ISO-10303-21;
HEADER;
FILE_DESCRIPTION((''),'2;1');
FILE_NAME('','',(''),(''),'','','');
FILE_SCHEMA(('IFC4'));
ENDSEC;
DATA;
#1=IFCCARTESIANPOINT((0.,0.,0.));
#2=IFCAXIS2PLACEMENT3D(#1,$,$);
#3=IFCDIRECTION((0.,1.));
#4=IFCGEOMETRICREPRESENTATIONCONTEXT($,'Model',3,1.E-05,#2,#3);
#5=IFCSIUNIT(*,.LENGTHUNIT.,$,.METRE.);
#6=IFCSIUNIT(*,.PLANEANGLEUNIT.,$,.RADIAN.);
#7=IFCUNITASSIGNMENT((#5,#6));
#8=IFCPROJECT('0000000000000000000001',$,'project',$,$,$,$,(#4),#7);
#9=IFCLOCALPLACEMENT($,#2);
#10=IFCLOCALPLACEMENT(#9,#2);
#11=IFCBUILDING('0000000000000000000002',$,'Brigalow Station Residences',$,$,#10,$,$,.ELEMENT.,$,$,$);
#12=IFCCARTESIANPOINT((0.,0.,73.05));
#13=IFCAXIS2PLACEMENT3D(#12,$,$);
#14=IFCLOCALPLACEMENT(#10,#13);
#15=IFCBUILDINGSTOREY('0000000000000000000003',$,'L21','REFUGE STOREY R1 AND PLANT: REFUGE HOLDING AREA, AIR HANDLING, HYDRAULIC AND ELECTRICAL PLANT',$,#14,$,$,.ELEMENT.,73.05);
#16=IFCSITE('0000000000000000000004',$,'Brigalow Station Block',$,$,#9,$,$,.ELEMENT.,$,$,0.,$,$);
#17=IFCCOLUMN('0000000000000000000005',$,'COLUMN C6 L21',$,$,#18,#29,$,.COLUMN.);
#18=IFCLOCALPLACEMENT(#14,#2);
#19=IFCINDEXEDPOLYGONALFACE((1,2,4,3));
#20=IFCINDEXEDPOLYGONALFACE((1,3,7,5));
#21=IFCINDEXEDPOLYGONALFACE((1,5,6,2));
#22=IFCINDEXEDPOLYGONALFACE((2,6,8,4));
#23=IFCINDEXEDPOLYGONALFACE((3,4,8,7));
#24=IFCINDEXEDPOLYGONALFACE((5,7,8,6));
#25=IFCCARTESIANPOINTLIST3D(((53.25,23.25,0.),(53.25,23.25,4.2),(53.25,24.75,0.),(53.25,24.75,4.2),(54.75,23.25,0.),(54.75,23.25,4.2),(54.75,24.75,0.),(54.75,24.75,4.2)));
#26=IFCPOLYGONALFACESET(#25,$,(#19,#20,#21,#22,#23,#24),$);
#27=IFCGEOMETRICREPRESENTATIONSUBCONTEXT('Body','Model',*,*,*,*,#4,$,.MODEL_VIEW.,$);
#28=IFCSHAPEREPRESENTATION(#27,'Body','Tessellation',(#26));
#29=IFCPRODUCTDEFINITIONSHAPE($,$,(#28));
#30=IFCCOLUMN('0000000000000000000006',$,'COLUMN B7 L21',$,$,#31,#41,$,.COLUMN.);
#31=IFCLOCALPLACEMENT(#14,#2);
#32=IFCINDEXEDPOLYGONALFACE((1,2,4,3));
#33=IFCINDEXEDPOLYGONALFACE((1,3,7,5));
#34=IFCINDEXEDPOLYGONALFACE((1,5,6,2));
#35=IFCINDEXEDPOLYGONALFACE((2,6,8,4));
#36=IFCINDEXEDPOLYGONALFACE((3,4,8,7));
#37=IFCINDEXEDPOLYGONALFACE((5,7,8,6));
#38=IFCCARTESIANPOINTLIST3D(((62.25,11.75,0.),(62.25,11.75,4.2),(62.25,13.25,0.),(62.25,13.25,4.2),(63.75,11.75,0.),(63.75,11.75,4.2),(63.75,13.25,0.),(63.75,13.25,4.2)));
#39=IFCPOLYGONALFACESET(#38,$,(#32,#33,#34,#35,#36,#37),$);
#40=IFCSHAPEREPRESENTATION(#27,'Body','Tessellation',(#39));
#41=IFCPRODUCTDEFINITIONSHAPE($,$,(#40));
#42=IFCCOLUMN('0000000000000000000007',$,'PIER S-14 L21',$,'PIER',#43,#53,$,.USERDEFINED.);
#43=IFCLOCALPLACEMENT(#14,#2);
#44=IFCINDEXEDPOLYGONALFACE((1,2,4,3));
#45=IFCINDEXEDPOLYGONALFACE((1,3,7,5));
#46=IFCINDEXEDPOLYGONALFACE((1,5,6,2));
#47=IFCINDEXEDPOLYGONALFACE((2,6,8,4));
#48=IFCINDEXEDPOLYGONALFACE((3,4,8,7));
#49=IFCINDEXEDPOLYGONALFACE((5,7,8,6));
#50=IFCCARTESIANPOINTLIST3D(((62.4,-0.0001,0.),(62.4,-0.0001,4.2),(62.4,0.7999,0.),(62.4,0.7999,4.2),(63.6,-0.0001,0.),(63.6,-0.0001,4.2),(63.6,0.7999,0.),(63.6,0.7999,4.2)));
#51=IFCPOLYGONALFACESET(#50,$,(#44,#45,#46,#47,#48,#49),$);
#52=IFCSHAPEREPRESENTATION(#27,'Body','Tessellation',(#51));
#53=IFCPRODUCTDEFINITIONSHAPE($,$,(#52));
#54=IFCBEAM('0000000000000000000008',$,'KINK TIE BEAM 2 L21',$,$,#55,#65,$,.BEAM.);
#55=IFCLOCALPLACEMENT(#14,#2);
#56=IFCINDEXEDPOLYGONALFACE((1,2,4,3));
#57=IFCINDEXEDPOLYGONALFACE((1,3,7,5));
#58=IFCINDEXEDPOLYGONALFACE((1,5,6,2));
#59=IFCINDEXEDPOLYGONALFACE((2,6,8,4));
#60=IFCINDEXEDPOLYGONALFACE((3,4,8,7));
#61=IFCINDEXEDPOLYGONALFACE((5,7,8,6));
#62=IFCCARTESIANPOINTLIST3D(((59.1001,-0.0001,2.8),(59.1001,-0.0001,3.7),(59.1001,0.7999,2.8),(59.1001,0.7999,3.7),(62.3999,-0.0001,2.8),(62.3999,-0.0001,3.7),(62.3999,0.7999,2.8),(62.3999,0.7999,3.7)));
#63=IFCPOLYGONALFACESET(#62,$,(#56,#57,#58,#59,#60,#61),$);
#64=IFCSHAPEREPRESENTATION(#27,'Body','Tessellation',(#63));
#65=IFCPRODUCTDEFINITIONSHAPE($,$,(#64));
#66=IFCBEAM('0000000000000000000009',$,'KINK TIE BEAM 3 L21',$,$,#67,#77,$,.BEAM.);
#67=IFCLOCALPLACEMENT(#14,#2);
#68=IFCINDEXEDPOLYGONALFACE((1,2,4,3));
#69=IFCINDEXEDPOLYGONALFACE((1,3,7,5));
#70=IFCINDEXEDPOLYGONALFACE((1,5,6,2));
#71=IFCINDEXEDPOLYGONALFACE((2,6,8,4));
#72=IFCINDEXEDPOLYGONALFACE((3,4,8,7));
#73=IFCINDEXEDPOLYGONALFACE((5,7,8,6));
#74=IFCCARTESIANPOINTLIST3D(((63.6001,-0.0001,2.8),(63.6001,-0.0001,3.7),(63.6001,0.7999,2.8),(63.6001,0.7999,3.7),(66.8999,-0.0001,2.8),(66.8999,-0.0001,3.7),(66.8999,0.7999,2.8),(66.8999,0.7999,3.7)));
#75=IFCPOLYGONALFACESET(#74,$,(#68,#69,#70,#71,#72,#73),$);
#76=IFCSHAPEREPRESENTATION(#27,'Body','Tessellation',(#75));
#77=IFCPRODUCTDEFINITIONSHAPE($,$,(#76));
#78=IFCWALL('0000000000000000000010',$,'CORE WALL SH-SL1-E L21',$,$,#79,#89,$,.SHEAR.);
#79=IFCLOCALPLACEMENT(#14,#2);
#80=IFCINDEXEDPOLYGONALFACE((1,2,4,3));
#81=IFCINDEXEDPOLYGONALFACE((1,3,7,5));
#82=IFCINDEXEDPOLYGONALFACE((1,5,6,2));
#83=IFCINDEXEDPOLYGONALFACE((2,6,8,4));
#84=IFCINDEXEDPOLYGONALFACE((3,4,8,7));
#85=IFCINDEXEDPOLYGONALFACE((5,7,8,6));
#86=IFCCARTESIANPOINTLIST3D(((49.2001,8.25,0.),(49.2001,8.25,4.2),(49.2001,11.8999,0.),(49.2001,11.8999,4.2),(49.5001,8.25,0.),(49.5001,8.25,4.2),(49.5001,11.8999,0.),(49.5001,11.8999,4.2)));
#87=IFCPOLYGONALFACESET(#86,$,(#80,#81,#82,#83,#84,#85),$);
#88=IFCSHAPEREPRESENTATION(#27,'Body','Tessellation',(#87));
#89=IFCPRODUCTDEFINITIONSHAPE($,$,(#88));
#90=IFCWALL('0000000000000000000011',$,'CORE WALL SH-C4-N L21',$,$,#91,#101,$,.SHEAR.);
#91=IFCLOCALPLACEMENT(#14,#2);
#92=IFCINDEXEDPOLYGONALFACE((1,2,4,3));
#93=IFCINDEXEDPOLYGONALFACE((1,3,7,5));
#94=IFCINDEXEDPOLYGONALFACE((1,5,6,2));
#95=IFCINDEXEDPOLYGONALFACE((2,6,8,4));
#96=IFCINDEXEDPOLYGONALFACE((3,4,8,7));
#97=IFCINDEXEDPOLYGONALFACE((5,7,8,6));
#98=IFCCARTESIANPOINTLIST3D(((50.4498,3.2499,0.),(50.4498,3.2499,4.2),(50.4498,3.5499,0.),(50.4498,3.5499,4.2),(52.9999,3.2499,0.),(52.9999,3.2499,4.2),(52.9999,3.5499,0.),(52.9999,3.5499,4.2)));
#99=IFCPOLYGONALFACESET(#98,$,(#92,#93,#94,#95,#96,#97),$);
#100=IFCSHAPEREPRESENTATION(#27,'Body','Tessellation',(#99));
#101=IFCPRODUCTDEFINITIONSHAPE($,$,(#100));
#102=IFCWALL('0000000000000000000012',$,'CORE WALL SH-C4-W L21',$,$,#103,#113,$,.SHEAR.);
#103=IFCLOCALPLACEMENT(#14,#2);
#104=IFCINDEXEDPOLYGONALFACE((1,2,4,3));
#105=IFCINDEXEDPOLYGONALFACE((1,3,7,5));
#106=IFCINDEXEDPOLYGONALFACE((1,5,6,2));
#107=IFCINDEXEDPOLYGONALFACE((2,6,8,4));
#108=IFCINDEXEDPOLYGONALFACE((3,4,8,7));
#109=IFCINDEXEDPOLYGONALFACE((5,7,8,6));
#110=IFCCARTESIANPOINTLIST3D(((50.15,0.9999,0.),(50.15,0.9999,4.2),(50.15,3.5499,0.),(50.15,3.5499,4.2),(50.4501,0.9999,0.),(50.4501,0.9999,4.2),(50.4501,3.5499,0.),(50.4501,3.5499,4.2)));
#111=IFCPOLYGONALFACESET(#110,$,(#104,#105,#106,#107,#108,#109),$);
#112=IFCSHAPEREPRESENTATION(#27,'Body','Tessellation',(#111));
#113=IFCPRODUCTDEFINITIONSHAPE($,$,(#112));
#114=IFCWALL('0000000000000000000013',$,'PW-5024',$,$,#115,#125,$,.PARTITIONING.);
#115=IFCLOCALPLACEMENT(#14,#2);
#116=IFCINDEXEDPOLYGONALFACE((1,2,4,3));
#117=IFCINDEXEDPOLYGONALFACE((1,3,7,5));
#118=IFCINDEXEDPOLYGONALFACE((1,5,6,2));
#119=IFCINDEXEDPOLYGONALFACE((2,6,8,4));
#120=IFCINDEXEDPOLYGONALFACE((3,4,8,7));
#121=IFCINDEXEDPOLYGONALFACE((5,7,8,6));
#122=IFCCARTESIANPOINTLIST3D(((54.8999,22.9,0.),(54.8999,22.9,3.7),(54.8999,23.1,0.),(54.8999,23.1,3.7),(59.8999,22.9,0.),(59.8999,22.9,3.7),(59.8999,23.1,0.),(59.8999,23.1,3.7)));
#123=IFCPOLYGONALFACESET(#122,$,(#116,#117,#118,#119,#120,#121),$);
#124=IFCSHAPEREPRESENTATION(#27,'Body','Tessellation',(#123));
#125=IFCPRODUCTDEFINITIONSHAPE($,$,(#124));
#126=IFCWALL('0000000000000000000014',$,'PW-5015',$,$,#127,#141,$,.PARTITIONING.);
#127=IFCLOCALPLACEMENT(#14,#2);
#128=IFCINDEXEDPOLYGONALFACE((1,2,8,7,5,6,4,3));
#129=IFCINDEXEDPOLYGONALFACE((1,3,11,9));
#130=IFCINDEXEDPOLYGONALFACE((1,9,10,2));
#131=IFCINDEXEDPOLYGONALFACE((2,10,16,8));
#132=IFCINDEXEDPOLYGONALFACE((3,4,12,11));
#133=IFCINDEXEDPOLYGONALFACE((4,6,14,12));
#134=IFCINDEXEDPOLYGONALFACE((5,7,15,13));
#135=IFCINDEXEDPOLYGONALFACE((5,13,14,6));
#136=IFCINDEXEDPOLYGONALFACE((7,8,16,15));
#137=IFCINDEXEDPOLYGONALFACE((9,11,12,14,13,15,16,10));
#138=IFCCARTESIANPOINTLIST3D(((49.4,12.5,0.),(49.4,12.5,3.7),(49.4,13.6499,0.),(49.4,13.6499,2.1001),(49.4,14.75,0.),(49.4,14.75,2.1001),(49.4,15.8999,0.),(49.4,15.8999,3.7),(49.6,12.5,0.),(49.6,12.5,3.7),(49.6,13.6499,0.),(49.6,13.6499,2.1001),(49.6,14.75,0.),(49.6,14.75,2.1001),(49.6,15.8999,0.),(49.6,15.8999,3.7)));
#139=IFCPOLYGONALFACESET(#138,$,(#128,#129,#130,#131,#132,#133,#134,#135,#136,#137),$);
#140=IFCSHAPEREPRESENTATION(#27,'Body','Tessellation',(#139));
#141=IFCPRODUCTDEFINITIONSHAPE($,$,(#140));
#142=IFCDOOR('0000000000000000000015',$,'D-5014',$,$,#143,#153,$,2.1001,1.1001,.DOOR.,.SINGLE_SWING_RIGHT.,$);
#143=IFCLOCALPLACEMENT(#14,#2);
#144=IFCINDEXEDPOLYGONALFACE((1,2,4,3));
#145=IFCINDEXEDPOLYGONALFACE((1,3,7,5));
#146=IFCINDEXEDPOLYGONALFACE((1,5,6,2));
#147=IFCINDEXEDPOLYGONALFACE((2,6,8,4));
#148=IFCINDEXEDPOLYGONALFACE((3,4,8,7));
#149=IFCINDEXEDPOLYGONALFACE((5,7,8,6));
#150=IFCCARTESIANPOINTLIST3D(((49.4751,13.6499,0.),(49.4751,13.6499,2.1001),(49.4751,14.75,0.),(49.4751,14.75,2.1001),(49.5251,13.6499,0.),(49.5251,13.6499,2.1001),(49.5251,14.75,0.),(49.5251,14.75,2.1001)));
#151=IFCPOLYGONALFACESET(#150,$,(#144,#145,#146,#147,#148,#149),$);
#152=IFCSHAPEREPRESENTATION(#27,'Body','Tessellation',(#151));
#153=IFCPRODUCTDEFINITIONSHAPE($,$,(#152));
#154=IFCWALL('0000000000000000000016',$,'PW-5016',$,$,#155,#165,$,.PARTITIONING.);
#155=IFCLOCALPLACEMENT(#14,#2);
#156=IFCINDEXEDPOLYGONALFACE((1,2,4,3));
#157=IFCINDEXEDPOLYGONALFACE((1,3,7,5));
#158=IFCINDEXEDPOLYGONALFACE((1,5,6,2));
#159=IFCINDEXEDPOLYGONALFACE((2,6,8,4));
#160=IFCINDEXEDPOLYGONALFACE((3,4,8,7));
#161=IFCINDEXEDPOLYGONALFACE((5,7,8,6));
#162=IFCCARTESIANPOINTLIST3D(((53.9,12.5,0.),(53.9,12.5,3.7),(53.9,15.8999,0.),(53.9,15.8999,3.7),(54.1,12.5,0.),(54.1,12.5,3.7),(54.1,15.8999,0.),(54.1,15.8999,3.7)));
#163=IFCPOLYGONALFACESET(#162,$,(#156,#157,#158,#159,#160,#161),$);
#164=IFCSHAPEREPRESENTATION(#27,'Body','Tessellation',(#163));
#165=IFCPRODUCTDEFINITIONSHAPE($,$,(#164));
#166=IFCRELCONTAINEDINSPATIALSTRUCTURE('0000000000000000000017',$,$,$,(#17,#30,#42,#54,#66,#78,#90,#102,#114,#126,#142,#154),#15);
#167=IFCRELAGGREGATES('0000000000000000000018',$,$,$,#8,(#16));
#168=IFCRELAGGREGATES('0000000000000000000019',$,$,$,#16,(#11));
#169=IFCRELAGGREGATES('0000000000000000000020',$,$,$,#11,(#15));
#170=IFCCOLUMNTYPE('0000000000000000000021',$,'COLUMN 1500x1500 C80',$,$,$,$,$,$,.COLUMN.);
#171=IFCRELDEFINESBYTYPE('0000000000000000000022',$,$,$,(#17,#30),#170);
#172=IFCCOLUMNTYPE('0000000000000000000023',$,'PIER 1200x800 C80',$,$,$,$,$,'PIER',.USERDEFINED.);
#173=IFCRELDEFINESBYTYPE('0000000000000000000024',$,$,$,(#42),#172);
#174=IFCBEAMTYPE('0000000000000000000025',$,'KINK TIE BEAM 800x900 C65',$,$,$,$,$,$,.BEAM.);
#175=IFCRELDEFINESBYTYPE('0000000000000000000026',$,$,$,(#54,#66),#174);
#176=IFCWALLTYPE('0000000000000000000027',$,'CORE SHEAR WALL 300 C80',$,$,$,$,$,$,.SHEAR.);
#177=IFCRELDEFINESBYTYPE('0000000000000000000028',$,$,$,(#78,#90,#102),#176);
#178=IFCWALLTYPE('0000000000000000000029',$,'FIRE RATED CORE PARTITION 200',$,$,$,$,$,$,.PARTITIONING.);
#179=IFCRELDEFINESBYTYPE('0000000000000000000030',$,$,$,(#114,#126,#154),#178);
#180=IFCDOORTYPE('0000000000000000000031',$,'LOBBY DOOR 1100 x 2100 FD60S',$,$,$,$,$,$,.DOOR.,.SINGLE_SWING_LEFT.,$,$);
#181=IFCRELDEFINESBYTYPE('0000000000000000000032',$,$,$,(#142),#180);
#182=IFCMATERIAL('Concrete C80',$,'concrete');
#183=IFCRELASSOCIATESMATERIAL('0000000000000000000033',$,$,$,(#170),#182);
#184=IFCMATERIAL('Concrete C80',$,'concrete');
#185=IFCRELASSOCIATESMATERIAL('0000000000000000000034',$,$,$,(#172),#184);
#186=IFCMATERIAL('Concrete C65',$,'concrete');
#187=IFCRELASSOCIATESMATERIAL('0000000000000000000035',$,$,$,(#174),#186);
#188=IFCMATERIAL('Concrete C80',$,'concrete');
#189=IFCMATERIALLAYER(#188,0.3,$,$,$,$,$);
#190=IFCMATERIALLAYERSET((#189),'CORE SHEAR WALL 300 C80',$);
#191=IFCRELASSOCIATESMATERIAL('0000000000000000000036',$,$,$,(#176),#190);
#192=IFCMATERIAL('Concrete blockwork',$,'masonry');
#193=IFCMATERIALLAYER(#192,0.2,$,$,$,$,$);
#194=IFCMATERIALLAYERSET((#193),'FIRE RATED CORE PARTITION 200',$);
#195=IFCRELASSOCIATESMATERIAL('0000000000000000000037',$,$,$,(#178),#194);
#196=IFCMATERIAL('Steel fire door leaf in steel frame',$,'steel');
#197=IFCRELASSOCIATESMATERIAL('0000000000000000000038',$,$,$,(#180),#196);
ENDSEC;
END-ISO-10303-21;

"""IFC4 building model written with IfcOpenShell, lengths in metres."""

from ifc_helpers import new_model, si_unit, direction, frame, frame_2d, origin, origin_2d, place, context, subcontext, project, spatial, rectangle, extrude, material, layer, layer_set, material_profile, profile_set, type_object, element, fill, save


model = new_model("IFC4")

# Units and contexts
model_context = context("Model", 3, precision=1e-05, world=origin(), true_north=direction((0.0, 1.0)))
body_context = subcontext(model_context, "Body", "Model", "MODEL_VIEW")
ifc_project = project(units=[si_unit("LENGTHUNIT", "METRE"), si_unit("PLANEANGLEUNIT", "RADIAN")], contexts=[model_context])

# Site, building, storey
site_placement = place(None, origin())
site = spatial("IfcSite", under=ifc_project, at=site_placement, Name="Brigalow Station Block", CompositionType="ELEMENT", RefElevation=0.0)
building_placement = place(site_placement, origin())
building = spatial("IfcBuilding", under=site, at=building_placement, Name="Brigalow Station Residences", CompositionType="ELEMENT")
storey_placement = place(building_placement, frame((0.0, 0.0, 73.05)))
storey = spatial("IfcBuildingStorey", under=building, at=storey_placement, Name="L21", Description="REFUGE STOREY R1 AND PLANT: REFUGE HOLDING AREA, AIR HANDLING, HYDRAULIC AND ELECTRICAL PLANT", CompositionType="ELEMENT", Elevation=73.05)

# Columns
ifc_material_1 = material(Name="Concrete C80", Category="concrete")
ifc_material_profile_1 = material_profile(ifc_material_1, rectangle(XDim=1.5, YDim=1.5, at=origin_2d()), Name="RC1500x1500")
ifc_profile_set_1 = profile_set([ifc_material_profile_1], Name="Concrete C80")
column_type_1 = type_object("IfcColumnType", Name="COLUMN 1500x1500 C80", PredefinedType="COLUMN", material=ifc_profile_set_1)
for number, where, z_axis, x_axis, name in (
    (1, (54.0, 24.0, 0.0), (0.0, 0.0, 1.0), (1.0, 0.0, 0.0), "COLUMN C6 L21"),
    (2, (63.0, 12.5, 0.0), (0.0, 0.0, 1.0), (1.0, 0.0, 0.0), "COLUMN B7 L21"),
):
    element("IfcColumn", number, at=place(storey_placement, frame(where, z_axis=z_axis, x_axis=x_axis)), inside=storey, type_object=column_type_1, Name=name, PredefinedType="COLUMN", context=body_context, shape_type="SweptSolid", body=[
        extrude(rectangle(XDim=1.5, YDim=1.5, at=origin_2d()), origin(), (0.0, 0.0, 1.0), 4.2),
    ])
ifc_material_2 = material(Name="Concrete C80", Category="concrete")
ifc_material_profile_2 = material_profile(ifc_material_2, rectangle(XDim=1.2, YDim=0.8, at=origin_2d()), Name="RC1200x800")
ifc_profile_set_2 = profile_set([ifc_material_profile_2], Name="Concrete C80")
column_type_2 = type_object("IfcColumnType", Name="PIER 1200x800 C80", ElementType="PIER", PredefinedType="USERDEFINED", material=ifc_profile_set_2)
column_placement = place(storey_placement, frame((63.0, 0.3999, 0.0), z_axis=(0.0, 0.0, 1.0), x_axis=(1.0, 0.0, 0.0)))
element("IfcColumn", 3, at=column_placement, inside=storey, type_object=column_type_2, Name="PIER S-14 L21", ObjectType="PIER", PredefinedType="USERDEFINED", context=body_context, shape_type="SweptSolid", body=[
    extrude(rectangle(XDim=1.2, YDim=0.8, at=origin_2d()), origin(), (0.0, 0.0, 1.0), 4.2),
])

# Beams
ifc_material_3 = material(Name="Concrete C65", Category="concrete")
ifc_material_profile_3 = material_profile(ifc_material_3, rectangle(XDim=0.8, YDim=0.8999, at=origin_2d()), Name="RC800x900")
ifc_profile_set_3 = profile_set([ifc_material_profile_3], Name="Concrete C65")
beam_type = type_object("IfcBeamType", Name="KINK TIE BEAM 800x900 C65", PredefinedType="BEAM", material=ifc_profile_set_3)
for number, where, z_axis, x_axis, name in (
    (4, (59.1001, 0.3999, 3.25), (1.0, 0.0, 0.0), (0.0, 1.0, 0.0), "KINK TIE BEAM 2 L21"),
    (5, (63.6001, 0.3999, 3.25), (1.0, 0.0, 0.0), (0.0, 1.0, 0.0), "KINK TIE BEAM 3 L21"),
):
    element("IfcBeam", number, at=place(storey_placement, frame(where, z_axis=z_axis, x_axis=x_axis)), inside=storey, type_object=beam_type, Name=name, PredefinedType="BEAM", context=body_context, shape_type="SweptSolid", body=[
        extrude(rectangle(XDim=0.8, YDim=0.8999, at=origin_2d()), origin(), (0.0, 0.0, 1.0), 3.2998),
    ])

# Walls
ifc_material_4 = material(Name="Concrete C80", Category="concrete")
ifc_layer_1 = layer(ifc_material_4, 0.3)
ifc_layer_set_1 = layer_set([ifc_layer_1], Name="CORE SHEAR WALL 300 C80")
wall_type_1 = type_object("IfcWallType", Name="CORE SHEAR WALL 300 C80", PredefinedType="SHEAR", material=ifc_layer_set_1)
wall_1_placement = place(storey_placement, frame((49.3501, 8.25, 0.0), z_axis=(0.0, 0.0, 1.0), x_axis=(0.0, 1.0, 0.0)))
element("IfcWall", 6, at=wall_1_placement, inside=storey, type_object=wall_type_1, Name="CORE WALL SH-SL1-E L21", PredefinedType="SHEAR", context=body_context, shape_type="SweptSolid", body=[
    extrude(rectangle(XDim=3.6499, YDim=0.3, at=frame_2d((1.825, 0.0))), origin(), (0.0, 0.0, 1.0), 4.2),
])
for number, where, z_axis, x_axis, name in (
    (7, (50.45, 3.3999, 0.0), (0.0, 0.0, 1.0), (1.0, 0.0, 0.0), "CORE WALL SH-C4-N L21"),
    (8, (50.3, 1.0, 0.0), (0.0, 0.0, 1.0), (0.0, 1.0, 0.0), "CORE WALL SH-C4-W L21"),
):
    element("IfcWall", number, at=place(storey_placement, frame(where, z_axis=z_axis, x_axis=x_axis)), inside=storey, type_object=wall_type_1, Name=name, PredefinedType="SHEAR", context=body_context, shape_type="SweptSolid", body=[
        extrude(rectangle(XDim=2.55, YDim=0.3, at=frame_2d((1.2749, 0.0))), origin(), (0.0, 0.0, 1.0), 4.2),
    ])
ifc_material_5 = material(Name="Concrete blockwork", Category="masonry")
ifc_layer_2 = layer(ifc_material_5, 0.2)
ifc_layer_set_2 = layer_set([ifc_layer_2], Name="FIRE RATED CORE PARTITION 200")
wall_type_2 = type_object("IfcWallType", Name="FIRE RATED CORE PARTITION 200", PredefinedType="PARTITIONING", material=ifc_layer_set_2)
wall_2_placement = place(storey_placement, frame((54.8999, 23.0, 0.0), z_axis=(0.0, 0.0, 1.0), x_axis=(1.0, 0.0, 0.0)))
element("IfcWall", 9, at=wall_2_placement, inside=storey, type_object=wall_type_2, Name="PW-5024", PredefinedType="PARTITIONING", context=body_context, shape_type="SweptSolid", body=[
    extrude(rectangle(XDim=5.0, YDim=0.2, at=frame_2d((2.5, 0.0))), origin(), (0.0, 0.0, 1.0), 3.7),
])

# Wall, opening, door
wall_3_placement = place(storey_placement, frame((49.5, 12.5, 0.0), z_axis=(0.0, 0.0, 1.0), x_axis=(0.0, 1.0, 0.0)))
wall_3 = element("IfcWall", 10, at=wall_3_placement, inside=storey, type_object=wall_type_2, Name="PW-5015", PredefinedType="PARTITIONING", context=body_context, shape_type="SweptSolid", body=[
    extrude(rectangle(XDim=3.3999, YDim=0.2, at=frame_2d((1.7, 0.0))), origin(), (0.0, 0.0, 1.0), 3.7),
])
opening_1_placement = place(wall_3_placement, frame((1.1499, 0.0, 0.0)))
opening_1 = element("IfcOpeningElement", 11, at=opening_1_placement, cuts=wall_3, PredefinedType="OPENING", context=body_context, shape_type="SweptSolid", body=[
    extrude(rectangle(XDim=1.1001, YDim=2.1001, at=frame_2d((0.55, 1.05))), frame((0.0, 0.1099, 0.0), z_axis=(0.0, -1.0, 0.0), x_axis=(1.0, 0.0, 0.0)), (0.0, 0.0, 1.0), 0.22),
])
ifc_material_6 = material(Name="Steel fire door leaf in steel frame", Category="steel")
door_type_1 = type_object("IfcDoorType", Name="LOBBY DOOR 1100 x 2100 FD60S", OperationType="SINGLE_SWING_LEFT", PredefinedType="DOOR", material=ifc_material_6)
door_1_placement = place(opening_1_placement, origin())
door_1 = element("IfcDoor", 12, at=door_1_placement, inside=storey, type_object=door_type_1, Name="D-5014", OperationType="SINGLE_SWING_RIGHT", OverallHeight=2.1001, OverallWidth=1.1001, PredefinedType="DOOR", context=body_context, shape_type="SweptSolid", body=[
    extrude(rectangle(XDim=1.1001, YDim=2.1001, at=frame_2d((0.55, 1.05))), frame((0.0, 0.0249, 0.0), z_axis=(0.0, -1.0, 0.0), x_axis=(1.0, 0.0, 0.0)), (0.0, 0.0, 1.0), 0.05),
])
fill(opening_1, door_1)

# Wall
wall_4_placement = place(storey_placement, frame((54.0, 12.5, 0.0), z_axis=(0.0, 0.0, 1.0), x_axis=(0.0, 1.0, 0.0)))
element("IfcWall", 13, at=wall_4_placement, inside=storey, type_object=wall_type_2, Name="PW-5016", PredefinedType="PARTITIONING", context=body_context, shape_type="SweptSolid", body=[
    extrude(rectangle(XDim=3.3999, YDim=0.2, at=frame_2d((1.7, 0.0))), origin(), (0.0, 0.0, 1.0), 3.7),
])

save(model, "model.ifc")
